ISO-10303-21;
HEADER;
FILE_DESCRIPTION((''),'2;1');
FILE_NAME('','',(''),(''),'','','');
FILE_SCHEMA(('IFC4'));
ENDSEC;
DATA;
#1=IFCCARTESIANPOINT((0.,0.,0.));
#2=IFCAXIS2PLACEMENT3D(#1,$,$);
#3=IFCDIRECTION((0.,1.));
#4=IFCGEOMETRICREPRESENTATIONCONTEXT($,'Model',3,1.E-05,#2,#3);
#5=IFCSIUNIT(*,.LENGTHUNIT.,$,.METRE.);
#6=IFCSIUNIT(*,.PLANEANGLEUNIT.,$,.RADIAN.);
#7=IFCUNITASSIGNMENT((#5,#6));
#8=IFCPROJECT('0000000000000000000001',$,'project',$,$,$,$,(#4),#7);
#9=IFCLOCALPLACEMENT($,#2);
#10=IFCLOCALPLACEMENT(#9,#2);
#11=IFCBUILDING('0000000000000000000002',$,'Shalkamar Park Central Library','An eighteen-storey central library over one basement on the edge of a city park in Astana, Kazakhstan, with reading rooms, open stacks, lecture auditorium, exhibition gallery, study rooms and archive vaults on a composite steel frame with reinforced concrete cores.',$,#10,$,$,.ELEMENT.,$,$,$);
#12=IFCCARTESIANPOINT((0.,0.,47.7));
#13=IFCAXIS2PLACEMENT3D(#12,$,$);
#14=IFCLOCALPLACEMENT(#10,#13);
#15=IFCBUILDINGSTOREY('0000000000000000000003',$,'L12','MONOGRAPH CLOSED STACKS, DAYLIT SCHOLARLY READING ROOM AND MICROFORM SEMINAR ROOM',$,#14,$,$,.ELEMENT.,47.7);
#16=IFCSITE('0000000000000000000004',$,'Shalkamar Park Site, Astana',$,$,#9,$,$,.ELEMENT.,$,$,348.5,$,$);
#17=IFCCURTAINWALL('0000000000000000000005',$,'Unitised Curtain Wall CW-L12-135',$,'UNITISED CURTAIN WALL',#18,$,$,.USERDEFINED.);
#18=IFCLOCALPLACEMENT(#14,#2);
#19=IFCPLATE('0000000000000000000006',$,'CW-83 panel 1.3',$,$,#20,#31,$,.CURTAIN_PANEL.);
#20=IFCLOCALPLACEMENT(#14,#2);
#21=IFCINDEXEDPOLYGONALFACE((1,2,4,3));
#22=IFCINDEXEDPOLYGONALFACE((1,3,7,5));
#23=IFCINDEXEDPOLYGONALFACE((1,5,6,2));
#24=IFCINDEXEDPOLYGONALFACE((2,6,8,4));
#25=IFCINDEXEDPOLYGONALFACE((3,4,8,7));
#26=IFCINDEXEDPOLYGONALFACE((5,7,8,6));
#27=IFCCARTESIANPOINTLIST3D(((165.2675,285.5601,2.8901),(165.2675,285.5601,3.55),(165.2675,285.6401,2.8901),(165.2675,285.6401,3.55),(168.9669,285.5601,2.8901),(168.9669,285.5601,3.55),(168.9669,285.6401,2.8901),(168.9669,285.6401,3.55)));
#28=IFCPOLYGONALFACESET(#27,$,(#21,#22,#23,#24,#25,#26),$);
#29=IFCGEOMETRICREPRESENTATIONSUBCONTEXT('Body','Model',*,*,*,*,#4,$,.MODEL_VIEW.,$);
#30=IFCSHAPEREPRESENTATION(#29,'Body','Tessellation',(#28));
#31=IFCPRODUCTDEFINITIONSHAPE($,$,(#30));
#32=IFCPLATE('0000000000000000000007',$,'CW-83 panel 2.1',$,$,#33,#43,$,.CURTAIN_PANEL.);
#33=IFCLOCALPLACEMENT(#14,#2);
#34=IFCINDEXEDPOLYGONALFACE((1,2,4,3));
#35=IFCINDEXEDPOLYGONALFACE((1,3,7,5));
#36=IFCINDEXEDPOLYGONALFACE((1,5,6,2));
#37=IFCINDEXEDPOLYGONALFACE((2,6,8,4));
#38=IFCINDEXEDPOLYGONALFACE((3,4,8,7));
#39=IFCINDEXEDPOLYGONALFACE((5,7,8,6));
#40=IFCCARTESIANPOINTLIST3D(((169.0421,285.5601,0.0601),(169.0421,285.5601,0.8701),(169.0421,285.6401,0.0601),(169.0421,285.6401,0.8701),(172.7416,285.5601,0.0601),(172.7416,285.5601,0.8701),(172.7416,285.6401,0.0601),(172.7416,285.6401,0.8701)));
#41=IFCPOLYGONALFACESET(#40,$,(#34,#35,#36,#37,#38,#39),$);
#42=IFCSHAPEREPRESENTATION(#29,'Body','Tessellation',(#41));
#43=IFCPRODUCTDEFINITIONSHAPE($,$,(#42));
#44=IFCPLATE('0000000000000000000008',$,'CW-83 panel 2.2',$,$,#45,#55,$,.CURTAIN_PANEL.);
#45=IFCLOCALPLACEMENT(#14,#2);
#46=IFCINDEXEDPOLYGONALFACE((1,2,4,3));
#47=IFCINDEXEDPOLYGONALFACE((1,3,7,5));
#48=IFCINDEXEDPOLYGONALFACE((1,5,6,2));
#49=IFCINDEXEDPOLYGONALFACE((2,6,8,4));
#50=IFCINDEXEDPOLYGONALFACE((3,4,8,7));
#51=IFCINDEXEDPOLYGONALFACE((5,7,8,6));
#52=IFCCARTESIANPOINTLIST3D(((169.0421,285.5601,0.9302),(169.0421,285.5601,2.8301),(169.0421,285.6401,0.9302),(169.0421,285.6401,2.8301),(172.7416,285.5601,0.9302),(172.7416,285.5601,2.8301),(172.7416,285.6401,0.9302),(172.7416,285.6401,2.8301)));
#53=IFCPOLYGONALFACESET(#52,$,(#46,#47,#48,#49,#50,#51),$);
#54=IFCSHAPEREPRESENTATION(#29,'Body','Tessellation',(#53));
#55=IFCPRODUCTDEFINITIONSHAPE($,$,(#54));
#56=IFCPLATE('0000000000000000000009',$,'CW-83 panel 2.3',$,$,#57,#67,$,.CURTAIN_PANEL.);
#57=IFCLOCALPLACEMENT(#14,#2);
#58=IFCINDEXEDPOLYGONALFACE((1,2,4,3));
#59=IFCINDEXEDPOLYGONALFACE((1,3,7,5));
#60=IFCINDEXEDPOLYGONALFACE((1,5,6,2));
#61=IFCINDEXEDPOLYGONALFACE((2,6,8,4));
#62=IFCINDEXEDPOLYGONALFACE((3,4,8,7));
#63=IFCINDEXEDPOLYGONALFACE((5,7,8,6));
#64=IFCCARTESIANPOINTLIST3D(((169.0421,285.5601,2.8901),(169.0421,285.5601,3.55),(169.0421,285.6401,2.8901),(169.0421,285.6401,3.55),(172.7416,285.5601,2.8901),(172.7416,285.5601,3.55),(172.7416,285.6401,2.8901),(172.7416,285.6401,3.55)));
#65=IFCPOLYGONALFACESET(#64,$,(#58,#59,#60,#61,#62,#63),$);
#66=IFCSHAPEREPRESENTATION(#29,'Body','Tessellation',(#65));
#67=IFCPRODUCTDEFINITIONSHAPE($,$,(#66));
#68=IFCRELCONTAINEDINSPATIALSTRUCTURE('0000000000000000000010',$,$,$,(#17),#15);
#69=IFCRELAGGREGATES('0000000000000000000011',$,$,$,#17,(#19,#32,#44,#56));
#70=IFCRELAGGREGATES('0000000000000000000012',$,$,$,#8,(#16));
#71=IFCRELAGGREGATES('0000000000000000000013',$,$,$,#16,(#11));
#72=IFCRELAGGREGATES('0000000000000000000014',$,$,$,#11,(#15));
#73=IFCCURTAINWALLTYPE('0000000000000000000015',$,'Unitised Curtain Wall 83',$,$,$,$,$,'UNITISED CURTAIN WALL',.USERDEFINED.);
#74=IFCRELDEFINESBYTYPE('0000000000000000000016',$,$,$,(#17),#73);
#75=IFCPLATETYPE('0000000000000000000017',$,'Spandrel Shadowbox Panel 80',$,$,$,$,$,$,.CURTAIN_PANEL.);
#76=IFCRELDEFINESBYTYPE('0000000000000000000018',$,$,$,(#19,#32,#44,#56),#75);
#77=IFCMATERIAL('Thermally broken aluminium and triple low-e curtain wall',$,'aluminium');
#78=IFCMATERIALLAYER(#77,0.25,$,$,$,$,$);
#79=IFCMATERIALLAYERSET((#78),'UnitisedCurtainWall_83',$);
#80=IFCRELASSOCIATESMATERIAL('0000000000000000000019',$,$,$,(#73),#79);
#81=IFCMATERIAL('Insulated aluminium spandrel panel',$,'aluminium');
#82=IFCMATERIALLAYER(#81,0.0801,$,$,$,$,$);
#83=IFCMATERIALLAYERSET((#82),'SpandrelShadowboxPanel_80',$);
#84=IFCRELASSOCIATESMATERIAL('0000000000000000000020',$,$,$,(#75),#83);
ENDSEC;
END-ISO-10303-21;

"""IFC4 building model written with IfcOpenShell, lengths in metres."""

from ifc_helpers import new_model, si_unit, direction, frame, origin, origin_2d, place, context, subcontext, project, spatial, rectangle, extrude, material, layer, layer_set, type_object, element, aggregate, save


model = new_model("IFC4")

# Units and contexts
model_context = context("Model", 3, precision=1e-05, world=origin(), true_north=direction((0.0, 1.0)))
body_context = subcontext(model_context, "Body", "Model", "MODEL_VIEW")
ifc_project = project(units=[si_unit("LENGTHUNIT", "METRE"), si_unit("PLANEANGLEUNIT", "RADIAN")], contexts=[model_context])

# Site, building, storey
site_placement = place(None, origin())
site = spatial("IfcSite", under=ifc_project, at=site_placement, Name="Shalkamar Park Site, Astana", CompositionType="ELEMENT", RefElevation=348.5)
building_placement = place(site_placement, origin())
building = spatial("IfcBuilding", under=site, at=building_placement, Name="Shalkamar Park Central Library", Description="An eighteen-storey central library over one basement on the edge of a city park in Astana, Kazakhstan, with reading rooms, open stacks, lecture auditorium, exhibition gallery, study rooms and archive vaults on a composite steel frame with reinforced concrete cores.", CompositionType="ELEMENT")
storey_placement = place(building_placement, frame((0.0, 0.0, 47.7)))
storey = spatial("IfcBuildingStorey", under=building, at=storey_placement, Name="L12", Description="MONOGRAPH CLOSED STACKS, DAYLIT SCHOLARLY READING ROOM AND MICROFORM SEMINAR ROOM", CompositionType="ELEMENT", Elevation=47.7)

# Curtain wall
ifc_material_1 = material(Name="Thermally broken aluminium and triple low-e curtain wall", Category="aluminium")
ifc_layer_1 = layer(ifc_material_1, 0.25)
ifc_layer_set_1 = layer_set([ifc_layer_1], Name="UnitisedCurtainWall_83")
curtain_wall_type_1 = type_object("IfcCurtainWallType", Name="Unitised Curtain Wall 83", ElementType="UNITISED CURTAIN WALL", PredefinedType="USERDEFINED", material=ifc_layer_set_1)
curtain_wall_1_placement = place(storey_placement, origin())
curtain_wall_1 = element("IfcCurtainWall", 1, at=curtain_wall_1_placement, inside=storey, type_object=curtain_wall_type_1, Name="Unitised Curtain Wall CW-L12-135", ObjectType="UNITISED CURTAIN WALL", PredefinedType="USERDEFINED")

# Plates
ifc_material_2 = material(Name="Insulated aluminium spandrel panel", Category="aluminium")
ifc_layer_2 = layer(ifc_material_2, 0.0801)
ifc_layer_set_2 = layer_set([ifc_layer_2], Name="SpandrelShadowboxPanel_80")
plate_type_1 = type_object("IfcPlateType", Name="Spandrel Shadowbox Panel 80", PredefinedType="CURTAIN_PANEL", material=ifc_layer_set_2)
plate_1_placement = place(storey_placement, frame((167.1172, 285.6001, 2.8901), z_axis=(0.0, 0.0, 1.0), x_axis=(1.0, 0.0, 0.0)))
plate_1 = element("IfcPlate", 2, at=plate_1_placement, type_object=plate_type_1, Name="CW-83 panel 1.3", PredefinedType="CURTAIN_PANEL", context=body_context, shape_type="SweptSolid", body=[
    extrude(rectangle(XDim=3.6995, YDim=0.0801, at=origin_2d()), origin(), (0.0, 0.0, 1.0), 0.6599),
])
plate_2_placement = place(storey_placement, frame((170.8918, 285.6001, 0.0601), z_axis=(0.0, 0.0, 1.0), x_axis=(1.0, 0.0, 0.0)))
plate_2 = element("IfcPlate", 3, at=plate_2_placement, type_object=plate_type_1, Name="CW-83 panel 2.1", PredefinedType="CURTAIN_PANEL", context=body_context, shape_type="SweptSolid", body=[
    extrude(rectangle(XDim=3.6995, YDim=0.0801, at=origin_2d()), origin(), (0.0, 0.0, 1.0), 0.8101),
])
plate_3_placement = place(storey_placement, frame((170.8918, 285.6001, 0.9302), z_axis=(0.0, 0.0, 1.0), x_axis=(1.0, 0.0, 0.0)))
plate_3 = element("IfcPlate", 4, at=plate_3_placement, type_object=plate_type_1, Name="CW-83 panel 2.2", PredefinedType="CURTAIN_PANEL", context=body_context, shape_type="SweptSolid", body=[
    extrude(rectangle(XDim=3.6995, YDim=0.0801, at=origin_2d()), origin(), (0.0, 0.0, 1.0), 1.8999),
])
plate_4_placement = place(storey_placement, frame((170.8918, 285.6001, 2.8901), z_axis=(0.0, 0.0, 1.0), x_axis=(1.0, 0.0, 0.0)))
plate_4 = element("IfcPlate", 5, at=plate_4_placement, type_object=plate_type_1, Name="CW-83 panel 2.3", PredefinedType="CURTAIN_PANEL", context=body_context, shape_type="SweptSolid", body=[
    extrude(rectangle(XDim=3.6995, YDim=0.0801, at=origin_2d()), origin(), (0.0, 0.0, 1.0), 0.6599),
])
aggregate(curtain_wall_1, [plate_1, plate_2, plate_3, plate_4])

save(model, "model.ifc")
